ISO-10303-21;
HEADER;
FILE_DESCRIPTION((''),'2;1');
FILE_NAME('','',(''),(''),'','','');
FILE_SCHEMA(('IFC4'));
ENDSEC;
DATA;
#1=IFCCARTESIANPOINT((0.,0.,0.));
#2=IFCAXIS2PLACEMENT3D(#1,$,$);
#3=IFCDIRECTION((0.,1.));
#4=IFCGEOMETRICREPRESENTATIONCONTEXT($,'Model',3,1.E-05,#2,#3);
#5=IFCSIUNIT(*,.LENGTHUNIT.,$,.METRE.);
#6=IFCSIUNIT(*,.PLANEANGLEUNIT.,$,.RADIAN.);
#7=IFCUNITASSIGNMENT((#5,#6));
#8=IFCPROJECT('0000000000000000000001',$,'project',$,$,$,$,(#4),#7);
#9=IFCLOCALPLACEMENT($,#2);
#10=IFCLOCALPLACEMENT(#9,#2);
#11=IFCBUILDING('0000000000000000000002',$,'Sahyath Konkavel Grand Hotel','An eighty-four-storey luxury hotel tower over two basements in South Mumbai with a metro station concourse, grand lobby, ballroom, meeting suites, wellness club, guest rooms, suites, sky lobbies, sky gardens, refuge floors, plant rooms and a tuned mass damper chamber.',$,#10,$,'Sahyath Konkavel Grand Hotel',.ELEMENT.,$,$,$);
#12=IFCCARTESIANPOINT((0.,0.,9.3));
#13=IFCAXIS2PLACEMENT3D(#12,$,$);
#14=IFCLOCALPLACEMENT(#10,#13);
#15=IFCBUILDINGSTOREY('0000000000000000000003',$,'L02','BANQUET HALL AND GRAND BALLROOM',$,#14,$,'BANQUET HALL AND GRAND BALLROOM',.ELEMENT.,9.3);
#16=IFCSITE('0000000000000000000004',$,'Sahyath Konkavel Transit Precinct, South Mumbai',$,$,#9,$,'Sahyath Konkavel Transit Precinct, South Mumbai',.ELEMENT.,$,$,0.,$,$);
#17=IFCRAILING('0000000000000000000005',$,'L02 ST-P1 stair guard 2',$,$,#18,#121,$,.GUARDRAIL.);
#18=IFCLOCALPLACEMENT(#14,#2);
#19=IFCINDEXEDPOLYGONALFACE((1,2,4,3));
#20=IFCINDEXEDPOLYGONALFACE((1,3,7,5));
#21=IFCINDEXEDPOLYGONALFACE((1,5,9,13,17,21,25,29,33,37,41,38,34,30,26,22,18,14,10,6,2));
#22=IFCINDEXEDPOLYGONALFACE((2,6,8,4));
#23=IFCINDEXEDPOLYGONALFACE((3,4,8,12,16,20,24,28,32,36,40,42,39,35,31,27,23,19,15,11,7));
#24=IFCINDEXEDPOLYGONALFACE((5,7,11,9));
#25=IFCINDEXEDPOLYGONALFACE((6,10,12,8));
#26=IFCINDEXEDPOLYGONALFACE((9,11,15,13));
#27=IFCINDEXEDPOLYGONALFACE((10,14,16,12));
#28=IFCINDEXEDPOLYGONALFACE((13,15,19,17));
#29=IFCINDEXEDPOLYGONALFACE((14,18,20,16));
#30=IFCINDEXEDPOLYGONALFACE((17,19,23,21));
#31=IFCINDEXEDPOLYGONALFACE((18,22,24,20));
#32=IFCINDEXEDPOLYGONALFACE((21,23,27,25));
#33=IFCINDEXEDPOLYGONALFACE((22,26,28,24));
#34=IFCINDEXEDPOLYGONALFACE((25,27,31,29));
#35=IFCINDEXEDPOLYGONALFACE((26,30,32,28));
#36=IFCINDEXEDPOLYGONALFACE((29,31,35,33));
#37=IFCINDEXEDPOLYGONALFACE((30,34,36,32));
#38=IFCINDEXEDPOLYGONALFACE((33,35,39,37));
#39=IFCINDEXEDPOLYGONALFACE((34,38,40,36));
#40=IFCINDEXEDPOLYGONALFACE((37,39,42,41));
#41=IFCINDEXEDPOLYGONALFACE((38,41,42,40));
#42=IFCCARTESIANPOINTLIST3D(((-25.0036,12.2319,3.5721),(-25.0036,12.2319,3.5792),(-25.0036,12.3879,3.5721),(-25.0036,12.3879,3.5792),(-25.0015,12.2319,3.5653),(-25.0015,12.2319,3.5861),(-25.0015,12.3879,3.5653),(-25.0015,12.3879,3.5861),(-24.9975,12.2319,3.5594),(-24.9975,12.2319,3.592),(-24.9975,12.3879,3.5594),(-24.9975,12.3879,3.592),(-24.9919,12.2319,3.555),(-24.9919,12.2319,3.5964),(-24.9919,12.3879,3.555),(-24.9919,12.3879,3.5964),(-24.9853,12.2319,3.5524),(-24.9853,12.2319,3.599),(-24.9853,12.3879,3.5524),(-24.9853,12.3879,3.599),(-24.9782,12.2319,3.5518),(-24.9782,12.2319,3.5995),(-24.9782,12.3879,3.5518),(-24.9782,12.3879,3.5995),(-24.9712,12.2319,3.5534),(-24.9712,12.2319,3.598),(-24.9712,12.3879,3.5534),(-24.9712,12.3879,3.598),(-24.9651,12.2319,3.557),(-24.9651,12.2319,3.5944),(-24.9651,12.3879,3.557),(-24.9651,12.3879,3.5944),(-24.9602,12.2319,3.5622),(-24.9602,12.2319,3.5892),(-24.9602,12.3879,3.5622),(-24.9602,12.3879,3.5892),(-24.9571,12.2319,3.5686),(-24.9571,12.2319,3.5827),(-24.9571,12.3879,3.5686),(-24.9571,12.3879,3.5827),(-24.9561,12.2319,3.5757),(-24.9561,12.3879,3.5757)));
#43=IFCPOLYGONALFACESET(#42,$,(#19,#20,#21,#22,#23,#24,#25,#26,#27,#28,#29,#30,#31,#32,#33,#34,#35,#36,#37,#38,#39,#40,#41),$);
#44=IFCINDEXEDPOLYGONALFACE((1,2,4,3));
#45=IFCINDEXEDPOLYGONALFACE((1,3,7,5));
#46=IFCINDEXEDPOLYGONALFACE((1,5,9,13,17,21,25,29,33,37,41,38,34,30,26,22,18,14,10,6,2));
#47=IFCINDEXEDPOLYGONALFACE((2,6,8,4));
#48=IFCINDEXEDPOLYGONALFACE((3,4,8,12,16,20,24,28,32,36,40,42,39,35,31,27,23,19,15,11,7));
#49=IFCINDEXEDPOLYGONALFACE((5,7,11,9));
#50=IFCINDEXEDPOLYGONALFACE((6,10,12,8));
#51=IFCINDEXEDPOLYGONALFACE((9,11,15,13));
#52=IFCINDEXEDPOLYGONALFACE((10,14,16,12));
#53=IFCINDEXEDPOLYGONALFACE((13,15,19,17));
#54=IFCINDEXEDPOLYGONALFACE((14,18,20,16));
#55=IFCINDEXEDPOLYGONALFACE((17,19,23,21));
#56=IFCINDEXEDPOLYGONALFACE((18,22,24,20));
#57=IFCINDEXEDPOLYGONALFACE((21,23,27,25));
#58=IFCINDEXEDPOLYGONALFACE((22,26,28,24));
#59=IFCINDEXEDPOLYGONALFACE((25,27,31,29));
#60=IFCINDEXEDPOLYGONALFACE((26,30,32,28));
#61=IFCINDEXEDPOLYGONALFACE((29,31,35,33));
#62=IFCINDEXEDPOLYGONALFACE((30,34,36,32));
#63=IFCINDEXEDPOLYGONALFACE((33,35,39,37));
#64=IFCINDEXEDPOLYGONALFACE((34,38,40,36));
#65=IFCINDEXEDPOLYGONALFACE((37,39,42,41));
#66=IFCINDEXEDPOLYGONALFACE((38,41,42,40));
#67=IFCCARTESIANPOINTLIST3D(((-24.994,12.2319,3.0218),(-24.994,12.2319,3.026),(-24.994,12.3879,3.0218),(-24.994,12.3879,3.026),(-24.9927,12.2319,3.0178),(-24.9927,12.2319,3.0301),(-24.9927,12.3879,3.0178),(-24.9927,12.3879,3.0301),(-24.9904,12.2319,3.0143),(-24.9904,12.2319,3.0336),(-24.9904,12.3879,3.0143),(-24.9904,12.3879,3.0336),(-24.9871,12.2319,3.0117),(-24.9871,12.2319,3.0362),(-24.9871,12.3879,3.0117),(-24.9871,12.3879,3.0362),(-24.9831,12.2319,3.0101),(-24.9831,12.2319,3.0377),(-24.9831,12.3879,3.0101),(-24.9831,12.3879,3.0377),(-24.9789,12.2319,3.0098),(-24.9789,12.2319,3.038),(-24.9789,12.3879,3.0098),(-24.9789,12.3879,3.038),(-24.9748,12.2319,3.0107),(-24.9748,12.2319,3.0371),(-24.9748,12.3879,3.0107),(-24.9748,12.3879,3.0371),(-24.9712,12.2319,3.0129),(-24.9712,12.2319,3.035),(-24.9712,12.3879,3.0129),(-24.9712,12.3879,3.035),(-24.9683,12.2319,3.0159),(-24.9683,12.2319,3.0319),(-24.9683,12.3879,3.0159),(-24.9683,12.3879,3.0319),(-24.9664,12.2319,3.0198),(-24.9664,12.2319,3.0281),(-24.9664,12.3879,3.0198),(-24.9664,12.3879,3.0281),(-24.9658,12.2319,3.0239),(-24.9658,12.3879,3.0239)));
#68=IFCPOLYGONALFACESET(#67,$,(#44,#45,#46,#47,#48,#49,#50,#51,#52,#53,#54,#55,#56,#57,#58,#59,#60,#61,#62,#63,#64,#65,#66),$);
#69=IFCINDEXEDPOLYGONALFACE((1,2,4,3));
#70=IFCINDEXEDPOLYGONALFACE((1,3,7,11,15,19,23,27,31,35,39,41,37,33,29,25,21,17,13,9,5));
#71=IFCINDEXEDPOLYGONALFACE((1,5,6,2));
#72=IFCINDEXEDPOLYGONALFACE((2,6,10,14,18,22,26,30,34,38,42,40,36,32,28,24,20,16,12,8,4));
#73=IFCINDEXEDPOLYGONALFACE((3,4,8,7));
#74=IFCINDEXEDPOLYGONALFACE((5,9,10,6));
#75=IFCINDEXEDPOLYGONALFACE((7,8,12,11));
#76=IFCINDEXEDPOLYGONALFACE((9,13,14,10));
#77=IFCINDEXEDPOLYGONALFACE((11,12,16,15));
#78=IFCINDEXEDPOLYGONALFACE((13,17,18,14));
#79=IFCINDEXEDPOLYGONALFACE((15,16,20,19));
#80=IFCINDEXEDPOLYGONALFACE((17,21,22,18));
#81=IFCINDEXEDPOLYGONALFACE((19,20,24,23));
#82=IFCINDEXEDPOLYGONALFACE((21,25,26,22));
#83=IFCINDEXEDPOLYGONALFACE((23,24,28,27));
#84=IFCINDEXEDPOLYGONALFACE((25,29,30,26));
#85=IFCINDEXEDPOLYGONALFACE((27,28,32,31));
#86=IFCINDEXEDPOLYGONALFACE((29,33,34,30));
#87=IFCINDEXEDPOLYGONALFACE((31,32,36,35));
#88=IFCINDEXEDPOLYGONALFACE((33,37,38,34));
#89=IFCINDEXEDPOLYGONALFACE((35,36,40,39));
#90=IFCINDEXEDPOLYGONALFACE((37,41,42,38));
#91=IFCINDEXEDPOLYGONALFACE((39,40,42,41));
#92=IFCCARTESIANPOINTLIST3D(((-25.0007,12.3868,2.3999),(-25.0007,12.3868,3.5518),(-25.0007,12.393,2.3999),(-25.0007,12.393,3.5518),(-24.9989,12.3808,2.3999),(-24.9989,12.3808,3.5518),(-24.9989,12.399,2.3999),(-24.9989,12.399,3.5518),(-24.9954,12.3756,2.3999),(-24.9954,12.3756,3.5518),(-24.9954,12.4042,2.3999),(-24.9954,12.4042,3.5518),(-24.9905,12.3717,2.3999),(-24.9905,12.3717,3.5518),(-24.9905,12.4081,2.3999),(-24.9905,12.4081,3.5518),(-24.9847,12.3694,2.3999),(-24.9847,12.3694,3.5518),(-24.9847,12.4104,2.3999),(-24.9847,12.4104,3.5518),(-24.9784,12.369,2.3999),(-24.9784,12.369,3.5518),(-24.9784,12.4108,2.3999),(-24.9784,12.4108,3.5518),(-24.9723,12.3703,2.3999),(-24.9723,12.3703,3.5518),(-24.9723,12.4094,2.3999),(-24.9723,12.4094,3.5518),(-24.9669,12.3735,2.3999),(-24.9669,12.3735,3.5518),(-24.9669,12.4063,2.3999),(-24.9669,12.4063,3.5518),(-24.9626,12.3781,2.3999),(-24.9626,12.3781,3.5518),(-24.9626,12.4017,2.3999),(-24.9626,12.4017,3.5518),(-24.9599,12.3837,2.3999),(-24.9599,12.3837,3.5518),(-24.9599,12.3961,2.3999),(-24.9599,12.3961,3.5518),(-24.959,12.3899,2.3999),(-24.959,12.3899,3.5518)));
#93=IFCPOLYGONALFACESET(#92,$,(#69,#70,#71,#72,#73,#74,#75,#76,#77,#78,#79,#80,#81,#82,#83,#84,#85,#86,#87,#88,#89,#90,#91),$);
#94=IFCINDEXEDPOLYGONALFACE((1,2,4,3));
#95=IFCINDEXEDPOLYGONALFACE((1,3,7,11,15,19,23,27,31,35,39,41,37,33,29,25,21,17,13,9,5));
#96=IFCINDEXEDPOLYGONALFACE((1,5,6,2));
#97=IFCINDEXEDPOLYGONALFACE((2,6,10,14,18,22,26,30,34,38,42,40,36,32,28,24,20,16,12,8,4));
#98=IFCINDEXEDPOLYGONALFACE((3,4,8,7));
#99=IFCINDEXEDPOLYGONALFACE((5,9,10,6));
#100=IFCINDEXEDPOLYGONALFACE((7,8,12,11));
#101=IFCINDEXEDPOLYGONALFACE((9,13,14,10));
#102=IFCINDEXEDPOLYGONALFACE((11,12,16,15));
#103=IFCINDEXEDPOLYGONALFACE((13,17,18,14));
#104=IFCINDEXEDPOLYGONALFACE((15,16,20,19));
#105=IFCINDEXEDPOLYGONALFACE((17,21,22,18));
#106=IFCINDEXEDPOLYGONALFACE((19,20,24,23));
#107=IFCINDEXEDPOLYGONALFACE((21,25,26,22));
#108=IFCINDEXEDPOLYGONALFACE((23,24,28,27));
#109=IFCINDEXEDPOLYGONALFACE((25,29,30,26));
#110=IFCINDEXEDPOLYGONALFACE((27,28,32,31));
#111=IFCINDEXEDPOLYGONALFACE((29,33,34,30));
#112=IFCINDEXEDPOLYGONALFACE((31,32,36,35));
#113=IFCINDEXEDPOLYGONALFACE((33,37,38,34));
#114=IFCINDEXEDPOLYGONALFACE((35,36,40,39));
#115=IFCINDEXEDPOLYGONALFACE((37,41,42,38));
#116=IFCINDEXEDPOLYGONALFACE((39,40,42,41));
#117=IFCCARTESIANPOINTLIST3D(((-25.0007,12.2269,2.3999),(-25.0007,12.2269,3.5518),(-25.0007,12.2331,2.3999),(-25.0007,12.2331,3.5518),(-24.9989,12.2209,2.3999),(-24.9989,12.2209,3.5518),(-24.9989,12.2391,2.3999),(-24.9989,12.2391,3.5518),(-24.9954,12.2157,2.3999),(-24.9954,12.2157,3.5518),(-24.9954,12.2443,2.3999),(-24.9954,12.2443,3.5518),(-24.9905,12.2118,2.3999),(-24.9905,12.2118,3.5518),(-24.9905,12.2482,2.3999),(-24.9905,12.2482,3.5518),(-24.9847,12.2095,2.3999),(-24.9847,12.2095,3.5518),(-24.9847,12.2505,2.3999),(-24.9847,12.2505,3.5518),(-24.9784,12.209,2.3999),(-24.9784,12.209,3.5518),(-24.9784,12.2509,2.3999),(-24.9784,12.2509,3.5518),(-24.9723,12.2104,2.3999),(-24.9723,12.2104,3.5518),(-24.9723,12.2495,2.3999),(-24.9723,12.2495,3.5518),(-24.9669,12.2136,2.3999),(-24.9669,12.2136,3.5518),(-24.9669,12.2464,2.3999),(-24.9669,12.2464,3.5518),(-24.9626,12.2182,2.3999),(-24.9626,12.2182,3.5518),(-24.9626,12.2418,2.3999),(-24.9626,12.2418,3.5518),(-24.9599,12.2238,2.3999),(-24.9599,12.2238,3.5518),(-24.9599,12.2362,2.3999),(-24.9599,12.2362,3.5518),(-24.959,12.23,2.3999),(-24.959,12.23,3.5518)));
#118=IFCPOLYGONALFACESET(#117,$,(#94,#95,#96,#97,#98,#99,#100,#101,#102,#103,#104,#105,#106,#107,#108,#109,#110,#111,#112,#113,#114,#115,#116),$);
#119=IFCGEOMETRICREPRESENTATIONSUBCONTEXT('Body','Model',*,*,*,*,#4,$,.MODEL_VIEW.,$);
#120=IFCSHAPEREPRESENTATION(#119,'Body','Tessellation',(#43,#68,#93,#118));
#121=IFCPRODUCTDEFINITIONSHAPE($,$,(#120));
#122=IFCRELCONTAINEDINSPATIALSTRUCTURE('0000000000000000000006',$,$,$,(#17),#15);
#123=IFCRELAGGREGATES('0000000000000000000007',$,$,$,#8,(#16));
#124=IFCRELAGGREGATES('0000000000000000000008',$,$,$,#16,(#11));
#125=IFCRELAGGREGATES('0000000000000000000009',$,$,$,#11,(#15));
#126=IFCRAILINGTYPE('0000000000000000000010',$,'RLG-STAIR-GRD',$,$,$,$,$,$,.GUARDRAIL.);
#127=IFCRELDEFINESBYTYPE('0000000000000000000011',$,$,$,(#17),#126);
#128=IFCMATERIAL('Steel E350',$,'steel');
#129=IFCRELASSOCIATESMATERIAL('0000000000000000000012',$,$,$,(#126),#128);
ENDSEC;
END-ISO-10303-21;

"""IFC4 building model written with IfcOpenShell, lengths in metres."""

from ifc_helpers import new_model, si_unit, direction, frame, origin, origin_2d, place, context, subcontext, project, spatial, circle, extrude, material, type_object, element, save


model = new_model("IFC4")

# Units and contexts
model_context = context("Model", 3, precision=1e-05, world=origin(), true_north=direction((0.0, 1.0)))
body_context = subcontext(model_context, "Body", "Model", "MODEL_VIEW")
ifc_project = project(units=[si_unit("LENGTHUNIT", "METRE"), si_unit("PLANEANGLEUNIT", "RADIAN")], contexts=[model_context])

# Site, building, storey
site_placement = place(None, origin())
site = spatial("IfcSite", under=ifc_project, at=site_placement, Name="Sahyath Konkavel Transit Precinct, South Mumbai", LongName="Sahyath Konkavel Transit Precinct, South Mumbai", CompositionType="ELEMENT", RefElevation=0.0)
building_placement = place(site_placement, origin())
building = spatial("IfcBuilding", under=site, at=building_placement, Name="Sahyath Konkavel Grand Hotel", Description="An eighty-four-storey luxury hotel tower over two basements in South Mumbai with a metro station concourse, grand lobby, ballroom, meeting suites, wellness club, guest rooms, suites, sky lobbies, sky gardens, refuge floors, plant rooms and a tuned mass damper chamber.", LongName="Sahyath Konkavel Grand Hotel", CompositionType="ELEMENT")
storey_placement = place(building_placement, frame((0.0, 0.0, 9.3)))
storey = spatial("IfcBuildingStorey", under=building, at=storey_placement, Name="L02", Description="BANQUET HALL AND GRAND BALLROOM", LongName="BANQUET HALL AND GRAND BALLROOM", CompositionType="ELEMENT", Elevation=9.3)

# Shared definitions
ifc_material_1 = material(Name="Steel E350", Category="steel")

# Railing
railing_type_1 = type_object("IfcRailingType", Name="RLG-STAIR-GRD", PredefinedType="GUARDRAIL", material=ifc_material_1)
railing_1_placement = place(storey_placement, frame((-24.98, 12.3899, 2.3999)))
element("IfcRailing", 1, at=railing_1_placement, inside=storey, type_object=railing_type_1, Name="L02 ST-P1 stair guard 2", PredefinedType="GUARDRAIL", context=body_context, shape_type="SweptSolid", body=[
    extrude(circle(Radius=0.0239, at=origin_2d()), frame((0.0, -0.002, 1.1758), z_axis=(0.0, -1.0, 0.0), x_axis=(1.0, 0.0, 0.0)), (0.0, 0.0, 1.0), 0.156),
    extrude(circle(Radius=0.0142, at=origin_2d()), frame((0.0, -0.002, 0.624), z_axis=(0.0, -1.0, 0.0), x_axis=(1.0, 0.0, 0.0)), (0.0, 0.0, 1.0), 0.156),
    extrude(circle(Radius=0.021, at=origin_2d()), origin(), (0.0, 0.0, 1.0), 1.1519),
    extrude(circle(Radius=0.021, at=origin_2d()), frame((0.0, -0.1599, 0.0)), (0.0, 0.0, 1.0), 1.1519),
])

save(model, "model.ifc")
